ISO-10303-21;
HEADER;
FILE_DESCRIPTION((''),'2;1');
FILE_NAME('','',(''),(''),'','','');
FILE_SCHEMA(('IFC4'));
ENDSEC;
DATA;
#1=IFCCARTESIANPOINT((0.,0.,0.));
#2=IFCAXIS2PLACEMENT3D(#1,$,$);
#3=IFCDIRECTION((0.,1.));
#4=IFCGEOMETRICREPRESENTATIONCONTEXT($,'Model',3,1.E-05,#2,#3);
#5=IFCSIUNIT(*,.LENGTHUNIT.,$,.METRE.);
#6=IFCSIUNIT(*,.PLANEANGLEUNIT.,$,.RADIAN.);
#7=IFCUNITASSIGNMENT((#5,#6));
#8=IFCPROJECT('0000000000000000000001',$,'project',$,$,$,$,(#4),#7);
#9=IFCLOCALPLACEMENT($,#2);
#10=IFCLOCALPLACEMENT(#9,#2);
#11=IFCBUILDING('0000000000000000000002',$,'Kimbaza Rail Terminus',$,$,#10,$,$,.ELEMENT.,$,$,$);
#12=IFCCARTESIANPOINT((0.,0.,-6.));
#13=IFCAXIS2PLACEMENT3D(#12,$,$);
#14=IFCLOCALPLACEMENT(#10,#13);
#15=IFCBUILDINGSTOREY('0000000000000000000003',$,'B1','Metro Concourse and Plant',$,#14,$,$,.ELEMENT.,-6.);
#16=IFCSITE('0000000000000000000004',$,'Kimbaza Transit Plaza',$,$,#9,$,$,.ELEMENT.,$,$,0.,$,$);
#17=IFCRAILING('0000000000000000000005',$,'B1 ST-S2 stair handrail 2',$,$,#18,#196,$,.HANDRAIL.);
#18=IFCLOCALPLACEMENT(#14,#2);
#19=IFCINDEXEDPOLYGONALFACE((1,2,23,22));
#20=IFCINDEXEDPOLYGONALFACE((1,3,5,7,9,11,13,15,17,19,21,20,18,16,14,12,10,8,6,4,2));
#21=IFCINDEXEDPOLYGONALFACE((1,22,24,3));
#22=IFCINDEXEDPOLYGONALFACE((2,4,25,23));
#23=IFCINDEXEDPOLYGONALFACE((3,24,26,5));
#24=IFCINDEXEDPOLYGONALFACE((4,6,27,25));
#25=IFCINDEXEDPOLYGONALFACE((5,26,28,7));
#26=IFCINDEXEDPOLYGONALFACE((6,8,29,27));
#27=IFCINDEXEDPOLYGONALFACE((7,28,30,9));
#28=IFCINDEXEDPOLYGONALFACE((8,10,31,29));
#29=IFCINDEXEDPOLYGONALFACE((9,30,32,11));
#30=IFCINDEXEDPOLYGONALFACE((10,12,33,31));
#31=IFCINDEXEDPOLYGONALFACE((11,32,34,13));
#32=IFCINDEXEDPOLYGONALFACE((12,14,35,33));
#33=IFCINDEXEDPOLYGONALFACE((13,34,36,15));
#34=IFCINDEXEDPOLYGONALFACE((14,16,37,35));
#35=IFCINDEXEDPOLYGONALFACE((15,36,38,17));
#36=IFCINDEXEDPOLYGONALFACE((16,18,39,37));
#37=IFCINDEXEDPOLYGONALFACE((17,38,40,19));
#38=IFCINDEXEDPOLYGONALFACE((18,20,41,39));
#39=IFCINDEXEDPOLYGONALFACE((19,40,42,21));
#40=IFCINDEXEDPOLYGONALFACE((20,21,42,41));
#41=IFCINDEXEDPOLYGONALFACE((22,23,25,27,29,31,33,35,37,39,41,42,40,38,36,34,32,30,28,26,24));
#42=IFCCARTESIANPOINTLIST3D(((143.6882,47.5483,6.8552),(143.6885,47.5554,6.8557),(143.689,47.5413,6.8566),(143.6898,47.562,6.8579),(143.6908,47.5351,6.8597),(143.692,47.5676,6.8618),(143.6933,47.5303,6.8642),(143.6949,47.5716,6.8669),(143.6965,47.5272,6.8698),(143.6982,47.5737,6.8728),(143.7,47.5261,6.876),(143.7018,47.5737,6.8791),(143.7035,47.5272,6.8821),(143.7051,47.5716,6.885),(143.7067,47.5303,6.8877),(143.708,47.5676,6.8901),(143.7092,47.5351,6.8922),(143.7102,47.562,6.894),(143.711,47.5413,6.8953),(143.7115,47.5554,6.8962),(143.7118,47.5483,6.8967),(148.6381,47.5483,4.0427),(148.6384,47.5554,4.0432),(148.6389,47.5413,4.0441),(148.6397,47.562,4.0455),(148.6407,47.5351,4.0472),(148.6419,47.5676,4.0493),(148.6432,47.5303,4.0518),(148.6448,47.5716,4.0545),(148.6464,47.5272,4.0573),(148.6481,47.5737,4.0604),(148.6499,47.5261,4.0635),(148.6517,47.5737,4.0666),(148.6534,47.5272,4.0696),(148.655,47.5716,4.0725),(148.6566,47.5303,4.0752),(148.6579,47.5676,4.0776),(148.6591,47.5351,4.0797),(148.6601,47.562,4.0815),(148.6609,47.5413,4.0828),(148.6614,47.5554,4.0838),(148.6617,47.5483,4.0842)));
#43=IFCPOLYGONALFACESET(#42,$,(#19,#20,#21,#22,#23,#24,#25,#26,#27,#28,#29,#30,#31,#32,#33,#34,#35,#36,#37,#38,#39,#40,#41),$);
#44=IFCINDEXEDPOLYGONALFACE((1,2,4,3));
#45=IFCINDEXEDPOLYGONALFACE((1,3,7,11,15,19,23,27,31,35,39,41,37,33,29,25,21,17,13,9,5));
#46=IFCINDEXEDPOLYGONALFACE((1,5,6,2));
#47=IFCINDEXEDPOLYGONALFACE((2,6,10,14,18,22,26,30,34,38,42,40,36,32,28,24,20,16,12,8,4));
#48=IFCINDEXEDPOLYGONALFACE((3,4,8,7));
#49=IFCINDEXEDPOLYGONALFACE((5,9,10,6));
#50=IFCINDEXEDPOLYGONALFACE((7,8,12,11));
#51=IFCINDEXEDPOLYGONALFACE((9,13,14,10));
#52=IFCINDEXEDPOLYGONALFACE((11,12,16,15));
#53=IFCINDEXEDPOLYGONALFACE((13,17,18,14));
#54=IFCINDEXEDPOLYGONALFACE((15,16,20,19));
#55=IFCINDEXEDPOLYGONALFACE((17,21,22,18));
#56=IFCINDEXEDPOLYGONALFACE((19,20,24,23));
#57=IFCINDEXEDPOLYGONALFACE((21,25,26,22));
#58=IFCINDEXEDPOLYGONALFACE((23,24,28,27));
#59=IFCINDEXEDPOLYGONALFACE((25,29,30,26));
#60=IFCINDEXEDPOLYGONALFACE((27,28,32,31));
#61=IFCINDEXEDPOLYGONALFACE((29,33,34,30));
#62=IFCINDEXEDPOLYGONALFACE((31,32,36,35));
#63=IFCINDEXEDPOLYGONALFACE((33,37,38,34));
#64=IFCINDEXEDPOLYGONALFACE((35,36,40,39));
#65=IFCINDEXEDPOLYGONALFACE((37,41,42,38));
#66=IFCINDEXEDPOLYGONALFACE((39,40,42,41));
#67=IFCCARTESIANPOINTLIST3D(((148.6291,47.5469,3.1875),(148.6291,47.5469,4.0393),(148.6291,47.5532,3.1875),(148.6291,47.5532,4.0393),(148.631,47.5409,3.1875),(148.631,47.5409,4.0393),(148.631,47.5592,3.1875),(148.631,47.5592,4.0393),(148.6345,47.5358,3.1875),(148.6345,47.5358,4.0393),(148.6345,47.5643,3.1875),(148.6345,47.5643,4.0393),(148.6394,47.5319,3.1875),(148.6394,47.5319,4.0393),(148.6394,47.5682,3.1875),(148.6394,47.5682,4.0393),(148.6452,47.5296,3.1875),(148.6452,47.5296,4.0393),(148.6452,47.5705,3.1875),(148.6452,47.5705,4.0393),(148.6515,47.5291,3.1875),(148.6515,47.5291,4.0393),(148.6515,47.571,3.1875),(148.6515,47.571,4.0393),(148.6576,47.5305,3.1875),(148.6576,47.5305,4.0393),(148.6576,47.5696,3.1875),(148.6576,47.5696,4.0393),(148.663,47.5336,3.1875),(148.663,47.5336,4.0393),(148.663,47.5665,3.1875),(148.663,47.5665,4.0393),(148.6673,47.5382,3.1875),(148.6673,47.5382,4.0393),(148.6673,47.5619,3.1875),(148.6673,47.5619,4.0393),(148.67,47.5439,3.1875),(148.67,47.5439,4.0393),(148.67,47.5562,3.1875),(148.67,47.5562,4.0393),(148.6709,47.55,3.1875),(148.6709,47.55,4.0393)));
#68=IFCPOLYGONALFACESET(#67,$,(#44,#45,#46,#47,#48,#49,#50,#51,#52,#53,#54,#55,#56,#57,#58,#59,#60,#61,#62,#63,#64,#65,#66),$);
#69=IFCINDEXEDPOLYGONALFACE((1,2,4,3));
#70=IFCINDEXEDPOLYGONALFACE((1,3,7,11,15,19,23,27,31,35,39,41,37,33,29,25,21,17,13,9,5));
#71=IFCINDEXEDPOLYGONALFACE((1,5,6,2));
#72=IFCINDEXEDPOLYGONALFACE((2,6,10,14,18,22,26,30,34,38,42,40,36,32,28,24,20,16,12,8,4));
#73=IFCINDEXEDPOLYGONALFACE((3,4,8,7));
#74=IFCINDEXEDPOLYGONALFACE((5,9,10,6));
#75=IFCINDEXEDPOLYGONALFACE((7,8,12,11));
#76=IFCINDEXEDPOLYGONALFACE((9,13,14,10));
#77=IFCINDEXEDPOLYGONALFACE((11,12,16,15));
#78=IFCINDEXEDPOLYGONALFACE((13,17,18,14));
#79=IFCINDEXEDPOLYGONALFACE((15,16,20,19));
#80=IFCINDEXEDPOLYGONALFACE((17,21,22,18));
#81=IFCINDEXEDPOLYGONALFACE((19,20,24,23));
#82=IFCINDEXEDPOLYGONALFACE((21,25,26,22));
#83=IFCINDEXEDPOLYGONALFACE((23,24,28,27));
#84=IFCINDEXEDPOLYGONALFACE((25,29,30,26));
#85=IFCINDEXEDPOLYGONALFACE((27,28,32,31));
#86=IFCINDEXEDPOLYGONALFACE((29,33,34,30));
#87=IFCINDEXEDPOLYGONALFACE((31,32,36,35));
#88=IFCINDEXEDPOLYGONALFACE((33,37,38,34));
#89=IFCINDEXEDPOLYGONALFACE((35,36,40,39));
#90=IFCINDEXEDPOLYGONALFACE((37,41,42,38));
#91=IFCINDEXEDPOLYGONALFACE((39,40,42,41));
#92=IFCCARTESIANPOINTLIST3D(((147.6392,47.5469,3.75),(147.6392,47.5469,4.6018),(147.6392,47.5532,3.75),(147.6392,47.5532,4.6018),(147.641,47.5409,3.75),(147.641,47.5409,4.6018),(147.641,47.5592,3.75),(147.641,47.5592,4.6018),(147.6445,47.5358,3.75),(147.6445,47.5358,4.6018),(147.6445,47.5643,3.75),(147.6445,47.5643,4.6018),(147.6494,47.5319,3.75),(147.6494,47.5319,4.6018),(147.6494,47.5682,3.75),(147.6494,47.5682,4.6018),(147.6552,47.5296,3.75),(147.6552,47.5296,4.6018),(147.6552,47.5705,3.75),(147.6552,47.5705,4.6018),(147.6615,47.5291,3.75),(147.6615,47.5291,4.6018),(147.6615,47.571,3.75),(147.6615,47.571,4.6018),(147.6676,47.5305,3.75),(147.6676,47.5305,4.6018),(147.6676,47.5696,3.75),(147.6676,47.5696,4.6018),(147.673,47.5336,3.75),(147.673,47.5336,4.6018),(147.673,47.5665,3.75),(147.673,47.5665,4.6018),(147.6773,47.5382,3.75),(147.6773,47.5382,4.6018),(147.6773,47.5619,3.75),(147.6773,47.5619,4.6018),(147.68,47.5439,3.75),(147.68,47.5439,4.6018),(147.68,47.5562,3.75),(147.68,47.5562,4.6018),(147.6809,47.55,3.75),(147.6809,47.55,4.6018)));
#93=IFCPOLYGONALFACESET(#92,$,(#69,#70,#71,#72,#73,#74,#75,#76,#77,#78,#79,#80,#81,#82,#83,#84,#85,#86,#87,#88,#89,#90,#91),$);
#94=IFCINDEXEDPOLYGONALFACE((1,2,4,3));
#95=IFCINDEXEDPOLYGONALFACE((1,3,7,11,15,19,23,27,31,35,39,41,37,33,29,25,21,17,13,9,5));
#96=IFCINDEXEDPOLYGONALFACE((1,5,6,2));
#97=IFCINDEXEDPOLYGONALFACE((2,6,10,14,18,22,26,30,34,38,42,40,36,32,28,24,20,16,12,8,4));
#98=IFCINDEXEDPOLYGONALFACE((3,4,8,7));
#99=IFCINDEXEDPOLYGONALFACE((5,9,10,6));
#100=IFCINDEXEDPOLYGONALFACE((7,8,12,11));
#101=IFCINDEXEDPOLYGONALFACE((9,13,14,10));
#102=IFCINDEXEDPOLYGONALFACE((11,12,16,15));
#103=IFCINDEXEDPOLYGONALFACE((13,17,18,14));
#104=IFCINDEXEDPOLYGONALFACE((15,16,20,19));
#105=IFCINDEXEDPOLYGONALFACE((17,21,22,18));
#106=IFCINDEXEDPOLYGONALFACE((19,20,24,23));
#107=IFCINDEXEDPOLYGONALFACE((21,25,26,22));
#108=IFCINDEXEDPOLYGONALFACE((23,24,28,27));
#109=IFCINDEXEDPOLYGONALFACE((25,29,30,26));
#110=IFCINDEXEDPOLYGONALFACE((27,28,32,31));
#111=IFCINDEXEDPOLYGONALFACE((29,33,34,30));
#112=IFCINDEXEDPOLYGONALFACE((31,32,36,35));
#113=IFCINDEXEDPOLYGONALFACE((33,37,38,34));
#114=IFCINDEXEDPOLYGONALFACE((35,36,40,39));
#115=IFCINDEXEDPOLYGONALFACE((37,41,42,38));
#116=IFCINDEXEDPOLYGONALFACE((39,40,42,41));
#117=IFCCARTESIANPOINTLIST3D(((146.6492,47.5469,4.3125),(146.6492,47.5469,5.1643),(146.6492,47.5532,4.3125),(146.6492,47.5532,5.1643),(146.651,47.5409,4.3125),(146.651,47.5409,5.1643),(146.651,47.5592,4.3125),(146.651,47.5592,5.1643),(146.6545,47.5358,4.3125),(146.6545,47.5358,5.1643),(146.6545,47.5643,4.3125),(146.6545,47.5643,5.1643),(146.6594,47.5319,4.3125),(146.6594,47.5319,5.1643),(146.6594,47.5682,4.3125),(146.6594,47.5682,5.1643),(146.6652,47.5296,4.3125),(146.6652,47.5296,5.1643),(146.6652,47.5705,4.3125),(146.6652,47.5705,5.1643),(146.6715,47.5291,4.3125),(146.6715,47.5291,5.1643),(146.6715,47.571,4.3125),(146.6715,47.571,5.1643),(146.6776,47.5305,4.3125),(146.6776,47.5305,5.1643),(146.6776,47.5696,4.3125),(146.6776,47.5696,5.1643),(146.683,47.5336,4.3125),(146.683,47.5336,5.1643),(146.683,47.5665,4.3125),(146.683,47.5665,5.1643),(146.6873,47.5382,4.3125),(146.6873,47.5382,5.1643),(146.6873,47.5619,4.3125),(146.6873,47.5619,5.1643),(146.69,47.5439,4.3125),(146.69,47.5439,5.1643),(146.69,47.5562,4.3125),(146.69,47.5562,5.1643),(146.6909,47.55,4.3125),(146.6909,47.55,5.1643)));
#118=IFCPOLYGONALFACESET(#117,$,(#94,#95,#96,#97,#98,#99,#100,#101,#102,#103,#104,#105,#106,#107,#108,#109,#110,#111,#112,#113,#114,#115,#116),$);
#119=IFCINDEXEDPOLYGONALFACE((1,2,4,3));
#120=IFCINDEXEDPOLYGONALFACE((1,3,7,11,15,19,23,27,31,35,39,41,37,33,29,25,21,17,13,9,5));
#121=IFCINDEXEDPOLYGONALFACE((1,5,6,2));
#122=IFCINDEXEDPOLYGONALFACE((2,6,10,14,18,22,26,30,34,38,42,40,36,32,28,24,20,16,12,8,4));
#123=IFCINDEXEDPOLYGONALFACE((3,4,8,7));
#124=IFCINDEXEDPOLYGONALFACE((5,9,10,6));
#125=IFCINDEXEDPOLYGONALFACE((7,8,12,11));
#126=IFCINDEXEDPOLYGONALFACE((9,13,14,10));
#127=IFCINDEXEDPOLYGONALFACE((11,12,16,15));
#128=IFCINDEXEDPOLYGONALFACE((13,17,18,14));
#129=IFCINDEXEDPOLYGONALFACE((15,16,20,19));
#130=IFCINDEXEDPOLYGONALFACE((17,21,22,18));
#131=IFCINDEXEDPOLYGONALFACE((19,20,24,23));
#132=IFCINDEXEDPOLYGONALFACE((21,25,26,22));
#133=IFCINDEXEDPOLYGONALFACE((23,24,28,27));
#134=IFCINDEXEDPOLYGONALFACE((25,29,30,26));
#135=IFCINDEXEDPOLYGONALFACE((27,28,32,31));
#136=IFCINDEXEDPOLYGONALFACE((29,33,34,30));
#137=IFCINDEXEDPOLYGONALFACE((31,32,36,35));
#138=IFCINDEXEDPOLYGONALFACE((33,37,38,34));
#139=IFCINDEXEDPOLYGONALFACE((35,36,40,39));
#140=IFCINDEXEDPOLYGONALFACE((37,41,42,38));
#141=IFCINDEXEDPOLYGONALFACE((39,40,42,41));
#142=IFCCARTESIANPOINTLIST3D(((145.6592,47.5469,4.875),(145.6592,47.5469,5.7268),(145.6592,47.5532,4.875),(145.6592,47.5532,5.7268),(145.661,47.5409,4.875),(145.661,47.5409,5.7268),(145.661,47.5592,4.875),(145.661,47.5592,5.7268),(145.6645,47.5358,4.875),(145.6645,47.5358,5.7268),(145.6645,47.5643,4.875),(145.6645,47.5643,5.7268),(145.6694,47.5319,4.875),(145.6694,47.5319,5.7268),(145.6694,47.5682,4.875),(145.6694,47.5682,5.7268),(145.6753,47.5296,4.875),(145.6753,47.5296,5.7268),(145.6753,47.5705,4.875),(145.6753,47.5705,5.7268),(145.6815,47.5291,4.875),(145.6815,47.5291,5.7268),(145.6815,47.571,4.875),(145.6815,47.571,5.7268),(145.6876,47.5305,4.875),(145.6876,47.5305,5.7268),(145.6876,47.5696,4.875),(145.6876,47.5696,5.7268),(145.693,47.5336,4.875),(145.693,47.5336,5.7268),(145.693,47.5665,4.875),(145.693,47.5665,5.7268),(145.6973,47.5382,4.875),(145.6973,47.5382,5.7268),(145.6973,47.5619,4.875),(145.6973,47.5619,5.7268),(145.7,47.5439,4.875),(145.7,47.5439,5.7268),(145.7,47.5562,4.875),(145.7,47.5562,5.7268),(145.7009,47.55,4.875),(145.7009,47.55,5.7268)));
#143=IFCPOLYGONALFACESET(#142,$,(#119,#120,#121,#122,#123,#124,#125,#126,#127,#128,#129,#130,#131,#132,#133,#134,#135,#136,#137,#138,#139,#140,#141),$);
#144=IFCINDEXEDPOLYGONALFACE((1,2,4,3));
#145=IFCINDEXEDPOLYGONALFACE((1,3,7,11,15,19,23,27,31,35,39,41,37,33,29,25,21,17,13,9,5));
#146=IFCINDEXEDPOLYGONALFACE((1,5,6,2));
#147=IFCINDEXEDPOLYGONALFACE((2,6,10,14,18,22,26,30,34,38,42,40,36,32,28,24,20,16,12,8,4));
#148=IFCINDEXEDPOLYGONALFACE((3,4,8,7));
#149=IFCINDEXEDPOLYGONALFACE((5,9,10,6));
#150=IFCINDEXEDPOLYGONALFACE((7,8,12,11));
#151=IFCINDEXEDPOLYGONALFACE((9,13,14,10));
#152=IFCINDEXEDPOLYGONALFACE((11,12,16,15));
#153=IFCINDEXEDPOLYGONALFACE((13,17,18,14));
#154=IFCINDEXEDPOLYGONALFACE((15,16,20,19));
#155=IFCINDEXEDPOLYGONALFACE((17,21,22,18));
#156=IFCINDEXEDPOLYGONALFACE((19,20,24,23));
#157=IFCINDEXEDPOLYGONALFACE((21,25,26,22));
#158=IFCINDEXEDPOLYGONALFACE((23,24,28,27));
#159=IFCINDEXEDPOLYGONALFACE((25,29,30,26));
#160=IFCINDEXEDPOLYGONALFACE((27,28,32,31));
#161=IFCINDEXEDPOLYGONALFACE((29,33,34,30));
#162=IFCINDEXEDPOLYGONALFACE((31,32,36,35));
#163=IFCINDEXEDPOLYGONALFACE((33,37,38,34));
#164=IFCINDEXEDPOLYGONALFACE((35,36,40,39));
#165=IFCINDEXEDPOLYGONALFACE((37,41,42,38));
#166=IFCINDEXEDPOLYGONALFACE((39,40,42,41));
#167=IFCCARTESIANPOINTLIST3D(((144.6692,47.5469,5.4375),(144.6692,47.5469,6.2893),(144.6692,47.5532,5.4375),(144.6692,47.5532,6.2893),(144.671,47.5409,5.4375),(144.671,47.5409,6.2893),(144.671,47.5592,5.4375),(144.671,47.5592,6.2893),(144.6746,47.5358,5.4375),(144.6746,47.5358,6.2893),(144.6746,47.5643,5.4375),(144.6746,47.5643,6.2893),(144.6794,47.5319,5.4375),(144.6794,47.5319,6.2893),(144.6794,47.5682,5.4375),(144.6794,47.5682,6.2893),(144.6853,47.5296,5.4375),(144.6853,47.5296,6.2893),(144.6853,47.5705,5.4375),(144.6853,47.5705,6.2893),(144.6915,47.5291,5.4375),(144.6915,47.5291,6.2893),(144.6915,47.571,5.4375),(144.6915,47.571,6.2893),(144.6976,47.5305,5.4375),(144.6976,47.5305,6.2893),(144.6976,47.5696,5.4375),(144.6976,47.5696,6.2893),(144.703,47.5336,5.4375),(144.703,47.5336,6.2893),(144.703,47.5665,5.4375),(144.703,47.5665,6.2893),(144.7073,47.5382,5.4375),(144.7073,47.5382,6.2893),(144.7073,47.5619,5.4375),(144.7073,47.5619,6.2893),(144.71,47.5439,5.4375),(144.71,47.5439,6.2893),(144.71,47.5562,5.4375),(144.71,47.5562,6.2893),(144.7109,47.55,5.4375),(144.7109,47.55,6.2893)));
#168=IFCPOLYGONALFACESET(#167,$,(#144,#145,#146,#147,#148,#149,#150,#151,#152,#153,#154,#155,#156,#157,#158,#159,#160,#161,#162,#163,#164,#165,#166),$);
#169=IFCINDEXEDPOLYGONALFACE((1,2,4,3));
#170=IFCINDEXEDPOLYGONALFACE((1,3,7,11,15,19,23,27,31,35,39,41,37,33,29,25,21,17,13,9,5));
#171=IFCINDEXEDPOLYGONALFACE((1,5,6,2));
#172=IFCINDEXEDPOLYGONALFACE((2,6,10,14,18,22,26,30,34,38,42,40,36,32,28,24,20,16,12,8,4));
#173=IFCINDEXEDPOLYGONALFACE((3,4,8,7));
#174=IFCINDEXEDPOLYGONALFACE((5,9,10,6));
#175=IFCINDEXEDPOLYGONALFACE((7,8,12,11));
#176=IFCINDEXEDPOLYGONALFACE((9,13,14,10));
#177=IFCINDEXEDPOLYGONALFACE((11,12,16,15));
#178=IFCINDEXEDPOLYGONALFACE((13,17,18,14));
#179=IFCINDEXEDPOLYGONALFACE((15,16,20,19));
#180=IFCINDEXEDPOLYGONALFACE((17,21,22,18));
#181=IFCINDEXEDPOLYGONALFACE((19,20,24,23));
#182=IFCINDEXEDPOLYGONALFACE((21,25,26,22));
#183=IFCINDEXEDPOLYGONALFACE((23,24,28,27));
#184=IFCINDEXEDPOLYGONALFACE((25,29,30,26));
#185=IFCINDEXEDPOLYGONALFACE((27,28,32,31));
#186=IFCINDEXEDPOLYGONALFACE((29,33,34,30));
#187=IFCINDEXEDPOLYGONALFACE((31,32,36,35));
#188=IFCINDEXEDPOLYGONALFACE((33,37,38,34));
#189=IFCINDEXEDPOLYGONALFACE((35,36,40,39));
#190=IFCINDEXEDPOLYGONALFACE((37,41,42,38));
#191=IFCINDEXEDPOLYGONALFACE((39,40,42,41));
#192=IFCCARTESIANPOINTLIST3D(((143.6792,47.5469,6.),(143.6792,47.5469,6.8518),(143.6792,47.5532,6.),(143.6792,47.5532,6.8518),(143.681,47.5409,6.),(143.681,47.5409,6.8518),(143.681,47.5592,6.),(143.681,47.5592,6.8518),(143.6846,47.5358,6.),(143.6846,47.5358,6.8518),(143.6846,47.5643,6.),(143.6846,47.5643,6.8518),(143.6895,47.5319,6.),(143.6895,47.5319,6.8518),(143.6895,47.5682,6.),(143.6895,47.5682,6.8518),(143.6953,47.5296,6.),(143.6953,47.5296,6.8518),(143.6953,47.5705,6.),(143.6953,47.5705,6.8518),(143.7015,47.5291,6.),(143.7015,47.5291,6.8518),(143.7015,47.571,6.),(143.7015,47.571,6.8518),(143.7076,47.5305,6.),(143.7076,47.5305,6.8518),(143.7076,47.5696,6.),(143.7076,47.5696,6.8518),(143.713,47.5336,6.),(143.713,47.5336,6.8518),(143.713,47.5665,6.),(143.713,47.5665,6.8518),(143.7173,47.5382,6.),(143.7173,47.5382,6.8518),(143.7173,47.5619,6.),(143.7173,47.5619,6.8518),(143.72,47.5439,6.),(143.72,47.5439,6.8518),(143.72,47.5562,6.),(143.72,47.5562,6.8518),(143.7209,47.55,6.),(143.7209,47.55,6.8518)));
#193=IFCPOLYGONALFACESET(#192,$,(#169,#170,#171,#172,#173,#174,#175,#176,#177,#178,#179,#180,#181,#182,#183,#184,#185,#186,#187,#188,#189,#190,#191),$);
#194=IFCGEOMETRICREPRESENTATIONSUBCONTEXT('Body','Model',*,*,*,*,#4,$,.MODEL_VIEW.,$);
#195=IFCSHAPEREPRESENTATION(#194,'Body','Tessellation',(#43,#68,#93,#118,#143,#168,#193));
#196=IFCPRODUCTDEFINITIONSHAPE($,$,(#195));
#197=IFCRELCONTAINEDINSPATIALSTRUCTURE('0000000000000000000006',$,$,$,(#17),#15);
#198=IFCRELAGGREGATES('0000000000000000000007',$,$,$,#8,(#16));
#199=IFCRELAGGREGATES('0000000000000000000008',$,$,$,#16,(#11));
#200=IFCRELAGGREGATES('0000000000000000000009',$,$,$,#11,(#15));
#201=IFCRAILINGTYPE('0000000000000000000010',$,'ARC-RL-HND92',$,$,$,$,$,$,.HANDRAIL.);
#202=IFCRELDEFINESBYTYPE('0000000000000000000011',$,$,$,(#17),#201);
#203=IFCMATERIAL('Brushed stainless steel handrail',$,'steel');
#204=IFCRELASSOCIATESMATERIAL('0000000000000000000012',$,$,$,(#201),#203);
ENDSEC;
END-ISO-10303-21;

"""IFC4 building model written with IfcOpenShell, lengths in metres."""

from ifc_helpers import new_model, si_unit, direction, frame, origin, origin_2d, place, context, subcontext, project, spatial, circle, extrude, material, type_object, element, save


model = new_model("IFC4")

# Units and contexts
model_context = context("Model", 3, precision=1e-05, world=origin(), true_north=direction((0.0, 1.0)))
body_context = subcontext(model_context, "Body", "Model", "MODEL_VIEW")
ifc_project = project(units=[si_unit("LENGTHUNIT", "METRE"), si_unit("PLANEANGLEUNIT", "RADIAN")], contexts=[model_context])

# Site, building, storey
site_placement = place(None, origin())
site = spatial("IfcSite", under=ifc_project, at=site_placement, Name="Kimbaza Transit Plaza", CompositionType="ELEMENT", RefElevation=0.0)
building_placement = place(site_placement, origin())
building = spatial("IfcBuilding", under=site, at=building_placement, Name="Kimbaza Rail Terminus", CompositionType="ELEMENT")
storey_placement = place(building_placement, frame((0.0, 0.0, -6.0)))
storey = spatial("IfcBuildingStorey", under=building, at=storey_placement, Name="B1", Description="Metro Concourse and Plant", CompositionType="ELEMENT", Elevation=-6.0)

# Railing
ifc_material_1 = material(Name="Brushed stainless steel handrail", Category="steel")
railing_type_1 = type_object("IfcRailingType", Name="ARC-RL-HND92", PredefinedType="HANDRAIL", material=ifc_material_1)
railing_1_placement = place(storey_placement, frame((148.6499, 47.55, 3.1875)))
element("IfcRailing", 1, at=railing_1_placement, inside=storey, type_object=railing_type_1, Name="B1 ST-S2 stair handrail 2", PredefinedType="HANDRAIL", context=body_context, shape_type="SweptSolid", body=[
    extrude(circle(Radius=0.0239, at=origin_2d()), frame((0.0, 0.0, 0.876), z_axis=(-0.869454, 0.0, 0.494013), x_axis=(0.0, -1.0, 0.0)), (0.0, 0.0, 1.0), 5.6931),
    extrude(circle(Radius=0.021, at=origin_2d()), origin(), (0.0, 0.0, 1.0), 0.8518),
    extrude(circle(Radius=0.021, at=origin_2d()), frame((-0.99, 0.0, 0.5625)), (0.0, 0.0, 1.0), 0.8518),
    extrude(circle(Radius=0.021, at=origin_2d()), frame((-1.98, 0.0, 1.125)), (0.0, 0.0, 1.0), 0.8518),
    extrude(circle(Radius=0.021, at=origin_2d()), frame((-2.97, 0.0, 1.6875)), (0.0, 0.0, 1.0), 0.8518),
    extrude(circle(Radius=0.021, at=origin_2d()), frame((-3.96, 0.0, 2.25)), (0.0, 0.0, 1.0), 0.8518),
    extrude(circle(Radius=0.021, at=origin_2d()), frame((-4.95, 0.0, 2.8125)), (0.0, 0.0, 1.0), 0.8518),
])

save(model, "model.ifc")
